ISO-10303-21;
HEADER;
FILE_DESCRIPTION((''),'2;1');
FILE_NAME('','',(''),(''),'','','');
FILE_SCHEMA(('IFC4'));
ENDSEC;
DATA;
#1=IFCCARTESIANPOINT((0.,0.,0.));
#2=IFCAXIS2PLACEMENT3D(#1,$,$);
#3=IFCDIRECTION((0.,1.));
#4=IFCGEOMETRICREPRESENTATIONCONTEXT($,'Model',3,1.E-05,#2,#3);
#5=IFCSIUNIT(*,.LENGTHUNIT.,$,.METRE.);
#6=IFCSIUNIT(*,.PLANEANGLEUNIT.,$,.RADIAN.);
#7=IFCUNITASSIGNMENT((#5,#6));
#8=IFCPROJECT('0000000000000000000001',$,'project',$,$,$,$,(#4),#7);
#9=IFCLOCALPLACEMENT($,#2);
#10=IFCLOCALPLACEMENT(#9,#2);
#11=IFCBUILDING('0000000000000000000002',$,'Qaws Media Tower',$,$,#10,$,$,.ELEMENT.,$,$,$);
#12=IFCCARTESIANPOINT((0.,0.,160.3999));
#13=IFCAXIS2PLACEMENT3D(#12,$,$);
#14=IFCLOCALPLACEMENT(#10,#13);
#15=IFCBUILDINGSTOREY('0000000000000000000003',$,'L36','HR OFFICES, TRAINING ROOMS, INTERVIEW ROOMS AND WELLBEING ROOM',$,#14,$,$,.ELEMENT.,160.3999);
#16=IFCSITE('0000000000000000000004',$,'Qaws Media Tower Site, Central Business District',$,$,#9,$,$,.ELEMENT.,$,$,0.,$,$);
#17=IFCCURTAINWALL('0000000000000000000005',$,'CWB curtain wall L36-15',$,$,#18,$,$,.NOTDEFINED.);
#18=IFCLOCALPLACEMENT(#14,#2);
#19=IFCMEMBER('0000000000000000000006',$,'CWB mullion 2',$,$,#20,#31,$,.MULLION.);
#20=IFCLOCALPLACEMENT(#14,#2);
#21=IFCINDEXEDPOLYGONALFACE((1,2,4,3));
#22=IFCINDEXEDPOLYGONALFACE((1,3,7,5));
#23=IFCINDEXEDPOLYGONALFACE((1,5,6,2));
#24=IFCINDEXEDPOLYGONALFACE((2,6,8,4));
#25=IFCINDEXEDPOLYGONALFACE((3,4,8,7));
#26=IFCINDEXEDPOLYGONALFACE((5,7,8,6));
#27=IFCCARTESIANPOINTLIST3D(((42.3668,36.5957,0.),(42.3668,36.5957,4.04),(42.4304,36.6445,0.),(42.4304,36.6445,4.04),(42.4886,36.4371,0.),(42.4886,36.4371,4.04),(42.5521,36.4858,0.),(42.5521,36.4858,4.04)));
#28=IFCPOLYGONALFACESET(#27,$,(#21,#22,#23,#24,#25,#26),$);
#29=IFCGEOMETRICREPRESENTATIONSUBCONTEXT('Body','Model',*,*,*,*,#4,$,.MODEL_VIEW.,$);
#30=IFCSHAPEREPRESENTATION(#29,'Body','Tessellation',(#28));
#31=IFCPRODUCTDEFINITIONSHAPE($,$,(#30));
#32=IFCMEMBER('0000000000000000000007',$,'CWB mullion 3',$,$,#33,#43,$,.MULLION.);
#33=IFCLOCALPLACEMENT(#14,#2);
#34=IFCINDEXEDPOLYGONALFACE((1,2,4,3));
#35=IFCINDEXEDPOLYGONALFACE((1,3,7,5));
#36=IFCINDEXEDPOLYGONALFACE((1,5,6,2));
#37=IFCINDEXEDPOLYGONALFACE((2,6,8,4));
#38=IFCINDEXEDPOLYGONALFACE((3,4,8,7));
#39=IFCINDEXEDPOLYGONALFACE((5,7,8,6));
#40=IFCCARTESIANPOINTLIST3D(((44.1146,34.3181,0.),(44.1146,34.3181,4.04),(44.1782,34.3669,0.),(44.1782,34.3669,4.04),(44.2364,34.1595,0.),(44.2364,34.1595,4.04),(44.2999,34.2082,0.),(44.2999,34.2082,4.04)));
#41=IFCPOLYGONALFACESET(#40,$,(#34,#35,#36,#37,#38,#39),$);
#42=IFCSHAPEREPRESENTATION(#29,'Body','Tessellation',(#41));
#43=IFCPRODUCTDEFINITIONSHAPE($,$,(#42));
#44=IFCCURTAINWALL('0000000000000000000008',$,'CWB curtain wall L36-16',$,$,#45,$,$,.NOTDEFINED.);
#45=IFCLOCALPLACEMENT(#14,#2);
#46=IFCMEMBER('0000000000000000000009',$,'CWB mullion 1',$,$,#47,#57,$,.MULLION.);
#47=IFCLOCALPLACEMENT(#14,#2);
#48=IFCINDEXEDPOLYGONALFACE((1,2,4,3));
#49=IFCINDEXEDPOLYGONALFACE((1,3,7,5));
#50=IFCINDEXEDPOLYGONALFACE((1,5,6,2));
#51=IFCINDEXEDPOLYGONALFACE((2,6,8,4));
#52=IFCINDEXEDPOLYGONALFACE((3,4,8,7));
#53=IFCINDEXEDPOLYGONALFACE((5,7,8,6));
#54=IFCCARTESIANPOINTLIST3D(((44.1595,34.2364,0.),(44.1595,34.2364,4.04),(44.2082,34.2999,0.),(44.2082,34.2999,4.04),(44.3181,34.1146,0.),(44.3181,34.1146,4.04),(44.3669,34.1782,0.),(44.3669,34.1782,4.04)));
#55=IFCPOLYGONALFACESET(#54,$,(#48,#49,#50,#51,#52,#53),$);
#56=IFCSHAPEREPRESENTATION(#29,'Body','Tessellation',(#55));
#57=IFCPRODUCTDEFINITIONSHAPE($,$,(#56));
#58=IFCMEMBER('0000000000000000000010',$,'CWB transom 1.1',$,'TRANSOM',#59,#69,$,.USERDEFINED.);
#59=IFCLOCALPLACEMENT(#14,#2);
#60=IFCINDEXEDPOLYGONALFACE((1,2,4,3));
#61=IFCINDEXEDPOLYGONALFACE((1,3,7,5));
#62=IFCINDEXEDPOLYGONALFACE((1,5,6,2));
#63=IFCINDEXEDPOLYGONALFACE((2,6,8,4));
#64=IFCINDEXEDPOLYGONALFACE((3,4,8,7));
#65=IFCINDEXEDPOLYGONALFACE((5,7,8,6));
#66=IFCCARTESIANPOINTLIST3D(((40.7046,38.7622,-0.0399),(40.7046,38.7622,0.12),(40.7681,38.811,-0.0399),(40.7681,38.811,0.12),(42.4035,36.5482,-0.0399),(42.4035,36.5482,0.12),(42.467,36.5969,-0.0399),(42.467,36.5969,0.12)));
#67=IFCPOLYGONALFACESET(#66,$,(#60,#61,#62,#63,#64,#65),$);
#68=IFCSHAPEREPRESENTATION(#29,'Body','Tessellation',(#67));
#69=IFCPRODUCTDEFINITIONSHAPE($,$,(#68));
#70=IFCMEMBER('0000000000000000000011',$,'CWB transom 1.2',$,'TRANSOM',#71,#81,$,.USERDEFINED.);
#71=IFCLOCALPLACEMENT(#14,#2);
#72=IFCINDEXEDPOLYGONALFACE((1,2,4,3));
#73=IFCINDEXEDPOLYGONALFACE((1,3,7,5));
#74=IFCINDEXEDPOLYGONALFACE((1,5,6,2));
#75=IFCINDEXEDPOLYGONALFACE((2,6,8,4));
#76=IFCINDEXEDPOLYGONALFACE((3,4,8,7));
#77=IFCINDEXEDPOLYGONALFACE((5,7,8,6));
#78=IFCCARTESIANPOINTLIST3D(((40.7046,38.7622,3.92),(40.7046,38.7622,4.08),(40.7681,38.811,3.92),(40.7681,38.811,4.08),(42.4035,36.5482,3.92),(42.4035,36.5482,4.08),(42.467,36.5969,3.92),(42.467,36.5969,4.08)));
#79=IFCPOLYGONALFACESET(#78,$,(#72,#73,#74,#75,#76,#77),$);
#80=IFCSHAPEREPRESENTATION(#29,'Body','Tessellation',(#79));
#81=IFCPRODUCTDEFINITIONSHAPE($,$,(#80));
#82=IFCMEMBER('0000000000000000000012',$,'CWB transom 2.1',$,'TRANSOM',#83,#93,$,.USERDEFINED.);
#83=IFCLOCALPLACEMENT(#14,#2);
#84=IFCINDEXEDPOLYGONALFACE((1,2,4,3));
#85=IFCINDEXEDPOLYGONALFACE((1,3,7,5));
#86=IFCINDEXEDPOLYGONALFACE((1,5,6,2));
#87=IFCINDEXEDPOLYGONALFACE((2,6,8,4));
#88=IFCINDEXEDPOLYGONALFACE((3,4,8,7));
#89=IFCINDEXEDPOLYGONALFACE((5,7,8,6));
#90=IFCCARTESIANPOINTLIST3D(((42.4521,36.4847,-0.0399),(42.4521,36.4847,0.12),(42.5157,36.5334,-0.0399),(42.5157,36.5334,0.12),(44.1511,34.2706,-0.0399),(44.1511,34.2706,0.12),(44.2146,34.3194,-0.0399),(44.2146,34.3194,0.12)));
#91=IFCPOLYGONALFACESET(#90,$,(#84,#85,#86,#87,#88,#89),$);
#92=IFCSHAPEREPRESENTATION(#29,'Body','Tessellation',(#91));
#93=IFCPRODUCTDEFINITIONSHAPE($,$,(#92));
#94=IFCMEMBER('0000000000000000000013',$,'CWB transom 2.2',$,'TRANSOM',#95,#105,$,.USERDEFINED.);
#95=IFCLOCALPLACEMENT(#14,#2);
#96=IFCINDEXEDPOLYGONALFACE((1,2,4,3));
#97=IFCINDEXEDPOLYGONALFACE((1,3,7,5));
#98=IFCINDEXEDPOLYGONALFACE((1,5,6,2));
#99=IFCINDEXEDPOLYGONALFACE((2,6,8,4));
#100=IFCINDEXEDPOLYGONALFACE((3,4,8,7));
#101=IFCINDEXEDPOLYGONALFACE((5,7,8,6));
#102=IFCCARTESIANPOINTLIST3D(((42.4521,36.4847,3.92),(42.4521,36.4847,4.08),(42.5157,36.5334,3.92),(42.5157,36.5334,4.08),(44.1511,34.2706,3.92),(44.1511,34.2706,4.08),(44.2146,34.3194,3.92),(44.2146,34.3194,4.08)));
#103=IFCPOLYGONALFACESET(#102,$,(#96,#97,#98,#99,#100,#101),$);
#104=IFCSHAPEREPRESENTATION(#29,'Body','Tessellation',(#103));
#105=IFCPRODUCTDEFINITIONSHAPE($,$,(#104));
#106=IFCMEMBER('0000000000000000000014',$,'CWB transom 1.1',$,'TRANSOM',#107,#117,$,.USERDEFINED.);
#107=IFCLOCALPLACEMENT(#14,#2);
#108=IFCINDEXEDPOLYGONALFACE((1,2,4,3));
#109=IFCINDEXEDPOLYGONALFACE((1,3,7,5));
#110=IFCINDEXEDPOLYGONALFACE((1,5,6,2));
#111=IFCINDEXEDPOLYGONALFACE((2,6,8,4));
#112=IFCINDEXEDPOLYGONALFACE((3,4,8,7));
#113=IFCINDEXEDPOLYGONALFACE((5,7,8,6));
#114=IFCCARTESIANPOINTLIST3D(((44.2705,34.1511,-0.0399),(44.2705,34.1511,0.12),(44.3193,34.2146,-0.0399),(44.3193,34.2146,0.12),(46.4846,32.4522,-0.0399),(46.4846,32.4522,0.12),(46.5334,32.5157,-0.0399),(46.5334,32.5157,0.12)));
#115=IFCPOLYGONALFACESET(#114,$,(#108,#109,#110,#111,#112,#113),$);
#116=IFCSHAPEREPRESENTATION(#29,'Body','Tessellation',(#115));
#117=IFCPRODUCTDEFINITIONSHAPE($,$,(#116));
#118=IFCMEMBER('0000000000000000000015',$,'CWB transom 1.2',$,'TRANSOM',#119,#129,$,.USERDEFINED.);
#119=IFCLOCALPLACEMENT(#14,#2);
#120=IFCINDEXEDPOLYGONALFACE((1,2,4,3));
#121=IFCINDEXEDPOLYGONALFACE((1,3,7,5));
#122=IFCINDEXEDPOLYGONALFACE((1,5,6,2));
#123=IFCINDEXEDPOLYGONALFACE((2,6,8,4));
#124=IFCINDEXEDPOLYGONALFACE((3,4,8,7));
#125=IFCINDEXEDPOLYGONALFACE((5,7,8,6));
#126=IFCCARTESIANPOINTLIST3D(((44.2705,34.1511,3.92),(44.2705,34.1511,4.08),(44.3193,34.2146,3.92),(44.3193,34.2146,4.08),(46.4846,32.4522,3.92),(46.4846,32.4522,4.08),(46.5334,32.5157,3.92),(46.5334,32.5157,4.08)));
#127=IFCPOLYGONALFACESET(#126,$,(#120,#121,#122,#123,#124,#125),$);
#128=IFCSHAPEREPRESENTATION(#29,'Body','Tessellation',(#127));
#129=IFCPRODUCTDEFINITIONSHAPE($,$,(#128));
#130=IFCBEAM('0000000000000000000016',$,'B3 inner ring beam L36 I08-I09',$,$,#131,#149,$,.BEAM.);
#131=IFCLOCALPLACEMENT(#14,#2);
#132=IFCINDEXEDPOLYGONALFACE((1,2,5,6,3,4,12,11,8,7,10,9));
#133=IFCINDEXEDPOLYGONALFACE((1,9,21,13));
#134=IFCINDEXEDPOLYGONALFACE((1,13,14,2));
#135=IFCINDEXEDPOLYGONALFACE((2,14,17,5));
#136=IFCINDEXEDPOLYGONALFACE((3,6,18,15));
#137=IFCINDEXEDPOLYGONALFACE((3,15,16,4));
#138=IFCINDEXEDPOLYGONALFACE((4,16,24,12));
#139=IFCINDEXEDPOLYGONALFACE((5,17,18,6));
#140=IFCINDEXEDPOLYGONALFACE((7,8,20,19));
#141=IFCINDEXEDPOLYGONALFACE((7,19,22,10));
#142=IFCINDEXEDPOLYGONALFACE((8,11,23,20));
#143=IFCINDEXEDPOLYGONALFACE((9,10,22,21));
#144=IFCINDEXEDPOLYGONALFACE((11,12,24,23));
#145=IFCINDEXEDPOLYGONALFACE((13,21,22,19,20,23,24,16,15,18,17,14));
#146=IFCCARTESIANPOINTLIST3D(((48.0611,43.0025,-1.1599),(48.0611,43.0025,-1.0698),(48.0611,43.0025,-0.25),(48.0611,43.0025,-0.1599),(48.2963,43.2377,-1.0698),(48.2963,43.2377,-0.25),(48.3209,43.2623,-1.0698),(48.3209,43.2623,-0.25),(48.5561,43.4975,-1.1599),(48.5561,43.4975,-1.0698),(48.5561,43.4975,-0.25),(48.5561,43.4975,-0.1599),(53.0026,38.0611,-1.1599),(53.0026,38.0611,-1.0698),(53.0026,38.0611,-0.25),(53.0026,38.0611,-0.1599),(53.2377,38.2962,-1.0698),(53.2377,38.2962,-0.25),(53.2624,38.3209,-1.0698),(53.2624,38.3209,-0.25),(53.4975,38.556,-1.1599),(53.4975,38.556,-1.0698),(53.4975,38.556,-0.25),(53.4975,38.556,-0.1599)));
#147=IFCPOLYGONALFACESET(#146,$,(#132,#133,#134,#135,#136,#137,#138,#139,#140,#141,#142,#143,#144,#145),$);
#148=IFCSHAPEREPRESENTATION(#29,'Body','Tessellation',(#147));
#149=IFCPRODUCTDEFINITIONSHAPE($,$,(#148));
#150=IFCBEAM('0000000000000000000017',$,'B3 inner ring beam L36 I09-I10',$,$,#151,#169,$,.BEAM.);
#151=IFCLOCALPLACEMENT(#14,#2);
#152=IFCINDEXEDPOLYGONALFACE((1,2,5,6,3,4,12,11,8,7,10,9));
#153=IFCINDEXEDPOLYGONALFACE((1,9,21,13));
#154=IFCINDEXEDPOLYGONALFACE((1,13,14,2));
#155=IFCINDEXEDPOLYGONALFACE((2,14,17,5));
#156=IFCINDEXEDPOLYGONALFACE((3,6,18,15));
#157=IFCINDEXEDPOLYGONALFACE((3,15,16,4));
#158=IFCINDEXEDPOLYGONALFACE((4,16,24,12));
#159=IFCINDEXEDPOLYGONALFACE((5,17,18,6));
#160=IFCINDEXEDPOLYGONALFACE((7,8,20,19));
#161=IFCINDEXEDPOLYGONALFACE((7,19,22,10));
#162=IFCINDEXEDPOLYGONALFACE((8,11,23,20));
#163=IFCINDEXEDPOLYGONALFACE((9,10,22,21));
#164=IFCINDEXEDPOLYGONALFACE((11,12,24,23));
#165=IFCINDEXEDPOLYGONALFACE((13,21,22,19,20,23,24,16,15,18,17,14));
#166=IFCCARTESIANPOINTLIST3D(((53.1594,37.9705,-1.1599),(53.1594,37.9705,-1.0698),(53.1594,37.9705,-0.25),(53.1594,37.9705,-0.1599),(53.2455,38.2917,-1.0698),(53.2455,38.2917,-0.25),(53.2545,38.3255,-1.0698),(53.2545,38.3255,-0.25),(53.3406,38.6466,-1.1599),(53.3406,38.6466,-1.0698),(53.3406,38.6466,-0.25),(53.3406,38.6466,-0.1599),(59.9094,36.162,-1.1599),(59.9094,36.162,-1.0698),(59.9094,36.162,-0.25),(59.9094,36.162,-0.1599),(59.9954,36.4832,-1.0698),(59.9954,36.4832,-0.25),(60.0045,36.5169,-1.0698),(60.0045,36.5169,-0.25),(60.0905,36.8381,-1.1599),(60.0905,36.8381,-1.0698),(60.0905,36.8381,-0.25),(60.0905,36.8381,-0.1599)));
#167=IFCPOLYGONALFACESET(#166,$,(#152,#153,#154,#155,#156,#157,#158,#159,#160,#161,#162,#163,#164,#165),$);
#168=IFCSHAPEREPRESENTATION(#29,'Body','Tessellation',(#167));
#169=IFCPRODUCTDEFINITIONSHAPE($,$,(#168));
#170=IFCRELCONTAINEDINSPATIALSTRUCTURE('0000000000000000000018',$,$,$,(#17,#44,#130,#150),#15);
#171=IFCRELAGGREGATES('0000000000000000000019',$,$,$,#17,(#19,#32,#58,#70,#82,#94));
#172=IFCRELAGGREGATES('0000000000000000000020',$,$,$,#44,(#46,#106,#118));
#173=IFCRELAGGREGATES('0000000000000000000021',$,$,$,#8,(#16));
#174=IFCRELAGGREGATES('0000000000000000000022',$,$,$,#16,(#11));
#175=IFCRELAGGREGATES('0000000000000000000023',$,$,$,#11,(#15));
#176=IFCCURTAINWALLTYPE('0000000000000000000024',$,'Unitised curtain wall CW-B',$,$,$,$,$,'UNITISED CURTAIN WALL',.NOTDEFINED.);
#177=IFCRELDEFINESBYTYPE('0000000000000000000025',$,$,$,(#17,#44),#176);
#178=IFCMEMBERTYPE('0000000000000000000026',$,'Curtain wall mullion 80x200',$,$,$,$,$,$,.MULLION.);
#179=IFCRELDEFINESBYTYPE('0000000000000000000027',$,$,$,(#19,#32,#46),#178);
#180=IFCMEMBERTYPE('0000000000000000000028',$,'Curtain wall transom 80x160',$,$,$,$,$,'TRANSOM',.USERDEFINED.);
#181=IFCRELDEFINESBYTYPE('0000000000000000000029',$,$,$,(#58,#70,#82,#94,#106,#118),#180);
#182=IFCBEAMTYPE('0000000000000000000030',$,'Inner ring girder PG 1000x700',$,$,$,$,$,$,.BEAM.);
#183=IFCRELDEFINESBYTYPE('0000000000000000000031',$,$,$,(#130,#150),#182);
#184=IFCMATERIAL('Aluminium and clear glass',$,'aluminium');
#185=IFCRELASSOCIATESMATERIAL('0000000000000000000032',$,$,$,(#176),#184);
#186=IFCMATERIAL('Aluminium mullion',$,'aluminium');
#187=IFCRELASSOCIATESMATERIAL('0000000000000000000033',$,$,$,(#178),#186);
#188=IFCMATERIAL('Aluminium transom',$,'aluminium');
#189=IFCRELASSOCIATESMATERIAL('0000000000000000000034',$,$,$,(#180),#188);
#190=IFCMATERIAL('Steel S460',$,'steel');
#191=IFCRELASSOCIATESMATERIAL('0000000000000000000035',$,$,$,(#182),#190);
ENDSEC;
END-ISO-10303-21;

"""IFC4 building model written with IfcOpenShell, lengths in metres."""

from ifc_helpers import new_model, si_unit, direction, frame, origin, origin_2d, place, context, subcontext, project, spatial, rectangle, i_section, extrude, material, material_profile, profile_set, type_object, element, aggregate, save


model = new_model("IFC4")

# Units and contexts
model_context = context("Model", 3, precision=1e-05, world=origin(), true_north=direction((0.0, 1.0)))
body_context = subcontext(model_context, "Body", "Model", "MODEL_VIEW")
ifc_project = project(units=[si_unit("LENGTHUNIT", "METRE"), si_unit("PLANEANGLEUNIT", "RADIAN")], contexts=[model_context])

# Site, building, storey
site_placement = place(None, origin())
site = spatial("IfcSite", under=ifc_project, at=site_placement, Name="Qaws Media Tower Site, Central Business District", CompositionType="ELEMENT", RefElevation=0.0)
building_placement = place(site_placement, origin())
building = spatial("IfcBuilding", under=site, at=building_placement, Name="Qaws Media Tower", CompositionType="ELEMENT")
storey_placement = place(building_placement, frame((0.0, 0.0, 160.3999)))
storey = spatial("IfcBuildingStorey", under=building, at=storey_placement, Name="L36", Description="HR OFFICES, TRAINING ROOMS, INTERVIEW ROOMS AND WELLBEING ROOM", CompositionType="ELEMENT", Elevation=160.3999)

# Shared definitions
ifc_material_1 = material(Name="Aluminium and clear glass", Category="aluminium")
curtain_wall_type = type_object("IfcCurtainWallType", Name="Unitised curtain wall CW-B", ElementType="UNITISED CURTAIN WALL", PredefinedType="NOTDEFINED", material=ifc_material_1)
ifc_material_2 = material(Name="Aluminium mullion", Category="aluminium")
ifc_material_profile_1 = material_profile(ifc_material_2, rectangle(XDim=0.0801, YDim=0.2, at=origin_2d()), Name="80x200")
ifc_profile_set_1 = profile_set([ifc_material_profile_1], Name="Aluminium mullion")
member_type_1 = type_object("IfcMemberType", Name="Curtain wall mullion 80x200", PredefinedType="MULLION", material=ifc_profile_set_1)

# Curtain wall, members
curtain_wall_1_placement = place(storey_placement, origin())
curtain_wall_1 = element("IfcCurtainWall", 1, at=curtain_wall_1_placement, inside=storey, type_object=curtain_wall_type, Name="CWB curtain wall L36-15", PredefinedType="NOTDEFINED")
member_1_placement = place(storey_placement, frame((42.4595, 36.5408, 0.0), z_axis=(0.0, 0.0, 1.0), x_axis=(0.793353, 0.608762, 0.0)))
member_1 = element("IfcMember", 2, at=member_1_placement, type_object=member_type_1, Name="CWB mullion 2", PredefinedType="MULLION", context=body_context, shape_type="SweptSolid", body=[
    extrude(rectangle(XDim=0.0801, YDim=0.2, at=origin_2d()), origin(), (0.0, 0.0, 1.0), 4.04),
])
member_2_placement = place(storey_placement, frame((44.2073, 34.2632, 0.0), z_axis=(0.0, 0.0, 1.0), x_axis=(0.793353, 0.608762, 0.0)))
member_2 = element("IfcMember", 3, at=member_2_placement, type_object=member_type_1, Name="CWB mullion 3", PredefinedType="MULLION", context=body_context, shape_type="SweptSolid", body=[
    extrude(rectangle(XDim=0.0801, YDim=0.2, at=origin_2d()), origin(), (0.0, 0.0, 1.0), 4.04),
])

# Curtain wall, member
curtain_wall_2_placement = place(storey_placement, origin())
curtain_wall_2 = element("IfcCurtainWall", 4, at=curtain_wall_2_placement, inside=storey, type_object=curtain_wall_type, Name="CWB curtain wall L36-16", PredefinedType="NOTDEFINED")
member_3_placement = place(storey_placement, frame((44.2632, 34.2073, 0.0), z_axis=(0.0, 0.0, 1.0), x_axis=(0.608762, 0.793353, 0.0)))
member_3 = element("IfcMember", 5, at=member_3_placement, type_object=member_type_1, Name="CWB mullion 1", PredefinedType="MULLION", context=body_context, shape_type="SweptSolid", body=[
    extrude(rectangle(XDim=0.0801, YDim=0.2, at=origin_2d()), origin(), (0.0, 0.0, 1.0), 4.04),
])

# Members
ifc_material_3 = material(Name="Aluminium transom", Category="aluminium")
ifc_material_profile_2 = material_profile(ifc_material_3, rectangle(XDim=0.0801, YDim=0.1599, at=origin_2d()), Name="80x160")
ifc_profile_set_2 = profile_set([ifc_material_profile_2], Name="Aluminium transom")
member_type_2 = type_object("IfcMemberType", Name="Curtain wall transom 80x160", ElementType="TRANSOM", PredefinedType="USERDEFINED", material=ifc_profile_set_2)
member_4_placement = place(storey_placement, frame((40.7363, 38.7866, 0.04), z_axis=(0.608768, -0.793349, 0.0), x_axis=(0.793349, 0.608768, 0.0)))
member_4 = element("IfcMember", 6, at=member_4_placement, type_object=member_type_2, Name="CWB transom 1.1", ObjectType="TRANSOM", PredefinedType="USERDEFINED", context=body_context, shape_type="SweptSolid", body=[
    extrude(rectangle(XDim=0.0801, YDim=0.1599, at=origin_2d()), origin(), (0.0, 0.0, 1.0), 2.7908),
])
member_5_placement = place(storey_placement, frame((40.7363, 38.7866, 4.0), z_axis=(0.608768, -0.793349, 0.0), x_axis=(0.793349, 0.608768, 0.0)))
member_5 = element("IfcMember", 7, at=member_5_placement, type_object=member_type_2, Name="CWB transom 1.2", ObjectType="TRANSOM", PredefinedType="USERDEFINED", context=body_context, shape_type="SweptSolid", body=[
    extrude(rectangle(XDim=0.0801, YDim=0.1599, at=origin_2d()), origin(), (0.0, 0.0, 1.0), 2.7908),
])
member_6_placement = place(storey_placement, frame((42.4839, 36.509, 0.04), z_axis=(0.608768, -0.793349, 0.0), x_axis=(0.793349, 0.608768, 0.0)))
member_6 = element("IfcMember", 8, at=member_6_placement, type_object=member_type_2, Name="CWB transom 2.1", ObjectType="TRANSOM", PredefinedType="USERDEFINED", context=body_context, shape_type="SweptSolid", body=[
    extrude(rectangle(XDim=0.0801, YDim=0.1599, at=origin_2d()), origin(), (0.0, 0.0, 1.0), 2.7908),
])
member_7_placement = place(storey_placement, frame((42.4839, 36.509, 4.0), z_axis=(0.608768, -0.793349, 0.0), x_axis=(0.793349, 0.608768, 0.0)))
member_7 = element("IfcMember", 9, at=member_7_placement, type_object=member_type_2, Name="CWB transom 2.2", ObjectType="TRANSOM", PredefinedType="USERDEFINED", context=body_context, shape_type="SweptSolid", body=[
    extrude(rectangle(XDim=0.0801, YDim=0.1599, at=origin_2d()), origin(), (0.0, 0.0, 1.0), 2.7908),
])
member_8_placement = place(storey_placement, frame((44.2949, 34.1829, 0.04), z_axis=(0.793349, -0.608768, 0.0), x_axis=(0.608768, 0.793349, 0.0)))
member_8 = element("IfcMember", 10, at=member_8_placement, type_object=member_type_2, Name="CWB transom 1.1", ObjectType="TRANSOM", PredefinedType="USERDEFINED", context=body_context, shape_type="SweptSolid", body=[
    extrude(rectangle(XDim=0.0801, YDim=0.1599, at=origin_2d()), origin(), (0.0, 0.0, 1.0), 2.7908),
])
member_9_placement = place(storey_placement, frame((44.2949, 34.1829, 4.0), z_axis=(0.793349, -0.608768, 0.0), x_axis=(0.608768, 0.793349, 0.0)))
member_9 = element("IfcMember", 11, at=member_9_placement, type_object=member_type_2, Name="CWB transom 1.2", ObjectType="TRANSOM", PredefinedType="USERDEFINED", context=body_context, shape_type="SweptSolid", body=[
    extrude(rectangle(XDim=0.0801, YDim=0.1599, at=origin_2d()), origin(), (0.0, 0.0, 1.0), 2.7908),
])

# Beams
ifc_material_4 = material(Name="Steel S460", Category="steel")
ifc_material_profile_3 = material_profile(ifc_material_4, i_section(OverallWidth=0.7, OverallDepth=1.0, WebThickness=0.0349, FlangeThickness=0.0901, at=origin_2d()), Name="PG 1000x700")
ifc_profile_set_3 = profile_set([ifc_material_profile_3], Name="Steel S460")
beam_type_1 = type_object("IfcBeamType", Name="Inner ring girder PG 1000x700", PredefinedType="BEAM", material=ifc_profile_set_3)
beam_1_placement = place(storey_placement, frame((48.3086, 43.25, -0.6599), z_axis=(0.707107, -0.707107, 0.0), x_axis=(0.707107, 0.707107, 0.0)))
element("IfcBeam", 12, at=beam_1_placement, inside=storey, type_object=beam_type_1, Name="B3 inner ring beam L36 I08-I09", PredefinedType="BEAM", context=body_context, shape_type="SweptSolid", body=[
    extrude(i_section(OverallWidth=0.7, OverallDepth=1.0, WebThickness=0.0349, FlangeThickness=0.0901, at=origin_2d()), origin(), (0.0, 0.0, 1.0), 6.9883),
])
beam_2_placement = place(storey_placement, frame((53.25, 38.3086, -0.6599), z_axis=(0.965928, -0.258811, 0.0), x_axis=(0.258811, 0.965928, 0.0)))
element("IfcBeam", 13, at=beam_2_placement, inside=storey, type_object=beam_type_1, Name="B3 inner ring beam L36 I09-I10", PredefinedType="BEAM", context=body_context, shape_type="SweptSolid", body=[
    extrude(i_section(OverallWidth=0.7, OverallDepth=1.0, WebThickness=0.0349, FlangeThickness=0.0901, at=origin_2d()), origin(), (0.0, 0.0, 1.0), 6.988),
])

aggregate(curtain_wall_1, [member_1, member_2, member_4, member_5, member_6, member_7])
aggregate(curtain_wall_2, [member_3, member_8, member_9])

save(model, "model.ifc")
